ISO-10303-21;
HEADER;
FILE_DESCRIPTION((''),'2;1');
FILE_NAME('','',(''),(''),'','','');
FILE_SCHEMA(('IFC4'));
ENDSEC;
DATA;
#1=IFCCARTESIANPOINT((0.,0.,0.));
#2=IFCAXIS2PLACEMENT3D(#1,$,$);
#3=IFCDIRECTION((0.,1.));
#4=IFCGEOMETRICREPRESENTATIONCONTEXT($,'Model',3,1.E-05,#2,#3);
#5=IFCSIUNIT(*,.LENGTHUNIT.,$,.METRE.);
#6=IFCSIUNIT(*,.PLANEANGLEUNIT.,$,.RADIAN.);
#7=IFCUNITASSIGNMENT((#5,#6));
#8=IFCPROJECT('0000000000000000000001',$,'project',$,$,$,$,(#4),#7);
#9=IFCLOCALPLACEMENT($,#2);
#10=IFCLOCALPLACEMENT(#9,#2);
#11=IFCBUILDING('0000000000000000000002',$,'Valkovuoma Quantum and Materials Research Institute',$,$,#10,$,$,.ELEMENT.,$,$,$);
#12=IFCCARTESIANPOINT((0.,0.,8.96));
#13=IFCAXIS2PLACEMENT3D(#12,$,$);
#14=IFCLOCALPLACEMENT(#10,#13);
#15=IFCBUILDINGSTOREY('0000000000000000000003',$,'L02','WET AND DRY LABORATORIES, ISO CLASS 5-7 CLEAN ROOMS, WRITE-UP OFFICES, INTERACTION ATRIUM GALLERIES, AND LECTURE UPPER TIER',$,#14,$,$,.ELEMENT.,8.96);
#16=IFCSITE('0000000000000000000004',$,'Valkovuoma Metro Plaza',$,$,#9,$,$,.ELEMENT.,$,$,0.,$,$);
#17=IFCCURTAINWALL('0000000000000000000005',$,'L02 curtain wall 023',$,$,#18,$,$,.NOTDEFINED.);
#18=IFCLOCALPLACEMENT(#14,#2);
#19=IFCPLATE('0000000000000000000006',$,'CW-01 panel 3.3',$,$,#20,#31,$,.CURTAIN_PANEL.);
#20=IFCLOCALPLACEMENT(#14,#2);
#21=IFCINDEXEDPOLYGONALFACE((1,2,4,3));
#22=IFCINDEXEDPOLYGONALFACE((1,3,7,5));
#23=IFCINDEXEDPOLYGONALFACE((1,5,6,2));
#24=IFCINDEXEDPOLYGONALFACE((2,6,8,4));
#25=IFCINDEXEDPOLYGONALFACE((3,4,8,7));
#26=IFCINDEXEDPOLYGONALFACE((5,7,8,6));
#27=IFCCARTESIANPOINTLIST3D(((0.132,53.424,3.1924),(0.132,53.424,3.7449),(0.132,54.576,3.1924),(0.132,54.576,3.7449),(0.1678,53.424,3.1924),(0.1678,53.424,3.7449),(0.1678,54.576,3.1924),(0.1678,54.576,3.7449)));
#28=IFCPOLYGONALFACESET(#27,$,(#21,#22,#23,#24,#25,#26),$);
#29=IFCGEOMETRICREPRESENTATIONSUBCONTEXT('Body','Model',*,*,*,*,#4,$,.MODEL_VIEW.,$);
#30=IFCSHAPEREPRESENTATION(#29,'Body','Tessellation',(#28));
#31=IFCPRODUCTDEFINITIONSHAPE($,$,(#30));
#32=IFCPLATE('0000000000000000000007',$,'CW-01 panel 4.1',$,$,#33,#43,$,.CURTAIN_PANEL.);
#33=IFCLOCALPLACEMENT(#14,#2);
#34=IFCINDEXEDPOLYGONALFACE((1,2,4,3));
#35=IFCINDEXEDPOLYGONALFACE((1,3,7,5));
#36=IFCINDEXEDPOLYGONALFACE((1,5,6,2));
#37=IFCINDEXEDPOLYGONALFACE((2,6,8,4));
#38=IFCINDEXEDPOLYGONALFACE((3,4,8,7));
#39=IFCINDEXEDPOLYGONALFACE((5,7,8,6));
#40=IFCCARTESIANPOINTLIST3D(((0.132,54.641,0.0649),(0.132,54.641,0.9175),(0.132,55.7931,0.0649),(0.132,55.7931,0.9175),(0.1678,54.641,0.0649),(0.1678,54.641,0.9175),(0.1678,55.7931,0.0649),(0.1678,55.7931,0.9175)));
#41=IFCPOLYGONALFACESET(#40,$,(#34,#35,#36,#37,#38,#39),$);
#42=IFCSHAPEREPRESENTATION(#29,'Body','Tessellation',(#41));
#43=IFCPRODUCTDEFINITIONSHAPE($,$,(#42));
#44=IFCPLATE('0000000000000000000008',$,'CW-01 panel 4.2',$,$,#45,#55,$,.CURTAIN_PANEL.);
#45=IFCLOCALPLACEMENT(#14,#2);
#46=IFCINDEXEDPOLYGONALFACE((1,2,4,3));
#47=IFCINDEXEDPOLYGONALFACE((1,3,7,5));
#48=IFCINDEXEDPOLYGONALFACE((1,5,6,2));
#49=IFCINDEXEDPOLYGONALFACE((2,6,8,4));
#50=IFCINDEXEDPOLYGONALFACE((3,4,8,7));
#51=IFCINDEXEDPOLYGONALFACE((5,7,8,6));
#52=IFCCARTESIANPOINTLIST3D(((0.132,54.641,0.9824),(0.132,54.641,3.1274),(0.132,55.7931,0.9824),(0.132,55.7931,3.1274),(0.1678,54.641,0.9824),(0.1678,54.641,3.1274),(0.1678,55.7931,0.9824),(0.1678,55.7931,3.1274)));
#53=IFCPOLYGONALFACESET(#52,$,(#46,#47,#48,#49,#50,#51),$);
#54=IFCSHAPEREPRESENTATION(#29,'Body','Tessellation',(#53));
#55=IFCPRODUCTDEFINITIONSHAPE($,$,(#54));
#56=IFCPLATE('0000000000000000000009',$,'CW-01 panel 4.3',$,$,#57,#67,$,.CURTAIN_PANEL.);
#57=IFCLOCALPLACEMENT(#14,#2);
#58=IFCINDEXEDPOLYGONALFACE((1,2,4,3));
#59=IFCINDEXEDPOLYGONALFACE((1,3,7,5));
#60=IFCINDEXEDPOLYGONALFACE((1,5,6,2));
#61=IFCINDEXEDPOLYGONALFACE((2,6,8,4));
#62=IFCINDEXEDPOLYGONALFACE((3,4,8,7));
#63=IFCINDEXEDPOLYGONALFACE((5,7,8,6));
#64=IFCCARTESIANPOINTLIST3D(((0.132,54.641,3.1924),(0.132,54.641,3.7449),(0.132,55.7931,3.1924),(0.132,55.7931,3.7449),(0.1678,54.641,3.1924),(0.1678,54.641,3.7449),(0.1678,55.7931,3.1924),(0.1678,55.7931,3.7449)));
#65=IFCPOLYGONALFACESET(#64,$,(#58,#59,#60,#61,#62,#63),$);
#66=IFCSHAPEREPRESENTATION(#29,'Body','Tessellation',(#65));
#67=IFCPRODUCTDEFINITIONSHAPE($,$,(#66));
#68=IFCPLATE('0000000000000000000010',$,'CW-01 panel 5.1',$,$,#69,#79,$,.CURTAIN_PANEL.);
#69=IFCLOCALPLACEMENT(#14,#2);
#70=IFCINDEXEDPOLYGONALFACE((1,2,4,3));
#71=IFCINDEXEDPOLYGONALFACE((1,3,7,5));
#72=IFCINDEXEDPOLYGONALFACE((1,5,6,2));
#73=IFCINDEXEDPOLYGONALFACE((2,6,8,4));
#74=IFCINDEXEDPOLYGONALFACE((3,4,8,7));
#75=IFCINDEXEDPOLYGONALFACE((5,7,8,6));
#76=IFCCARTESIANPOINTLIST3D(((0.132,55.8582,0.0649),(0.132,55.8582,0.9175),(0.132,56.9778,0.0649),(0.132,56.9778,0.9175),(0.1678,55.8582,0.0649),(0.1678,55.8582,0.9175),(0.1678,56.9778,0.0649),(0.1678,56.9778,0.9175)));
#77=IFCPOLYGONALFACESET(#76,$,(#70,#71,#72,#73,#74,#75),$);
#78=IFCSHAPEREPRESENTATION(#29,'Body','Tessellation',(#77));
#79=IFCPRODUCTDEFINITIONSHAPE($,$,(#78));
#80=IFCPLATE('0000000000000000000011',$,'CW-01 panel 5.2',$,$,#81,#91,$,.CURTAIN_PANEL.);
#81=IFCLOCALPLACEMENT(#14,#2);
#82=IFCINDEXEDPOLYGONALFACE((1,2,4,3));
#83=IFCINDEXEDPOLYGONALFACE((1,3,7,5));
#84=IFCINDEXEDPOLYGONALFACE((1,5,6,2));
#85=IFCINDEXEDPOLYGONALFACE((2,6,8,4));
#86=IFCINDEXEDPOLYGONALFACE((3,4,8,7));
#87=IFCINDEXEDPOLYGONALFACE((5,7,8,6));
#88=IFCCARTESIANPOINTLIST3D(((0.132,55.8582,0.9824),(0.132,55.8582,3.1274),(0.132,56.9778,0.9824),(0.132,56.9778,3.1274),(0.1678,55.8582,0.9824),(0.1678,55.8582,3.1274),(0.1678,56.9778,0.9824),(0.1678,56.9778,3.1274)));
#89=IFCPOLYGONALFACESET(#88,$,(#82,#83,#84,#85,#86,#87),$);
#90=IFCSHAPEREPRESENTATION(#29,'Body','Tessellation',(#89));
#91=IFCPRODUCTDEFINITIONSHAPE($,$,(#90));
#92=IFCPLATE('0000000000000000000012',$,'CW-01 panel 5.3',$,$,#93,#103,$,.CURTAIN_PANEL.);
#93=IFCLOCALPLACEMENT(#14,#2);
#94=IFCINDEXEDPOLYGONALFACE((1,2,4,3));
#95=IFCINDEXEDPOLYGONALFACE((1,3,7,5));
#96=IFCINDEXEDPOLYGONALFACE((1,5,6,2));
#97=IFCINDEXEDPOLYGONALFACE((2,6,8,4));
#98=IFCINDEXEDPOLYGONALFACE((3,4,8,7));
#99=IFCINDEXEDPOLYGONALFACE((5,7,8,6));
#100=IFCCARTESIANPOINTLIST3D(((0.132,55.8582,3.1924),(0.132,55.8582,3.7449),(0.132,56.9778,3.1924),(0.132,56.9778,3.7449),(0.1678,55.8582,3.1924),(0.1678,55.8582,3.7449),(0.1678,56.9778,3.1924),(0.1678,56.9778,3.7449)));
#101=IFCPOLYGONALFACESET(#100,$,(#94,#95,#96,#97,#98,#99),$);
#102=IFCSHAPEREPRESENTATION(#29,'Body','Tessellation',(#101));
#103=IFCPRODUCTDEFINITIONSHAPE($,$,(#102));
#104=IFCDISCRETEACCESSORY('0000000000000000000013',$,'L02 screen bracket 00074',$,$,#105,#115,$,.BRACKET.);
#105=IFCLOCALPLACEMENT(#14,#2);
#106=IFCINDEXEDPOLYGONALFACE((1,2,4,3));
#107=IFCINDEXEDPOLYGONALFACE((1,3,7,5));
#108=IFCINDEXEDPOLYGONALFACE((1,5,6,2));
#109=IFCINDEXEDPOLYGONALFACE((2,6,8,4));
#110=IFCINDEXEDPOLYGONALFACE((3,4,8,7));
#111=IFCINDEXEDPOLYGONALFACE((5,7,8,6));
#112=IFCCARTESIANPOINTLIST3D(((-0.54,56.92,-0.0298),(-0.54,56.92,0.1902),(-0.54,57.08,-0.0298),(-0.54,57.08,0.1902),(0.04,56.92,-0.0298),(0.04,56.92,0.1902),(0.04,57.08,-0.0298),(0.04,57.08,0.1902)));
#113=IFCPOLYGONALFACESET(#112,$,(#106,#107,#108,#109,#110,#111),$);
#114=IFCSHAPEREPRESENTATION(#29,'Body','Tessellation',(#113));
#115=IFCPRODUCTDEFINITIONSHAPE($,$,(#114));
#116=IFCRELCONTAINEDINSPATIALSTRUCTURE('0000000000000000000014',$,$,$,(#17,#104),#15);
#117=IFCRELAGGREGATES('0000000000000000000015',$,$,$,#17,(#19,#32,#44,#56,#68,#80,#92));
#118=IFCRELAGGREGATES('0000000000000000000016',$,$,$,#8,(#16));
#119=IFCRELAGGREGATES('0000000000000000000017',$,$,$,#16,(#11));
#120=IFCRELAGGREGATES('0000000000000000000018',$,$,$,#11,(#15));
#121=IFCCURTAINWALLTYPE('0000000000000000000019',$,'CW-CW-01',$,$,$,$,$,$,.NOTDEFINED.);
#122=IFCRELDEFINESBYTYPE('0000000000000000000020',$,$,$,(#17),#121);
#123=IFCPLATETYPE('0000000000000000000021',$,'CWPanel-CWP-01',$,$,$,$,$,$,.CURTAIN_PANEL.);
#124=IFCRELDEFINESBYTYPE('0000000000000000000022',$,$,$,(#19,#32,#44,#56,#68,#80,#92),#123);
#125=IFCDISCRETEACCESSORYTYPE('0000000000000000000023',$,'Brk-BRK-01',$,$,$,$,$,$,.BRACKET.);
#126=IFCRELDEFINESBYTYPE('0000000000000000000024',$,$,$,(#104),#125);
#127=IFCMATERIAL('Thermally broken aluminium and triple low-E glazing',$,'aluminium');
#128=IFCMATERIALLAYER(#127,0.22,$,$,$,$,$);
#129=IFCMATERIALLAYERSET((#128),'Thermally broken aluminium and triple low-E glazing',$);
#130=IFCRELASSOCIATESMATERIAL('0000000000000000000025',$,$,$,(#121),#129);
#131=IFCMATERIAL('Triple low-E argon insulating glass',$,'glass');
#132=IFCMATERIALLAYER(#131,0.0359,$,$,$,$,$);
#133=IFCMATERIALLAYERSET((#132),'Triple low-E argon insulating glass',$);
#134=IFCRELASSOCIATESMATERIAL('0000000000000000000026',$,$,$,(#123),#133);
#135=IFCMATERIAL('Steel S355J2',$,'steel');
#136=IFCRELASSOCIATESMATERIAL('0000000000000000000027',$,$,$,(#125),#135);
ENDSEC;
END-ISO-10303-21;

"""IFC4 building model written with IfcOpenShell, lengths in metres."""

from ifc_helpers import new_model, si_unit, direction, frame, origin, origin_2d, place, context, subcontext, project, spatial, rectangle, extrude, material, layer, layer_set, type_object, element, aggregate, save


model = new_model("IFC4")

# Units and contexts
model_context = context("Model", 3, precision=1e-05, world=origin(), true_north=direction((0.0, 1.0)))
body_context = subcontext(model_context, "Body", "Model", "MODEL_VIEW")
ifc_project = project(units=[si_unit("LENGTHUNIT", "METRE"), si_unit("PLANEANGLEUNIT", "RADIAN")], contexts=[model_context])

# Site, building, storey
site_placement = place(None, origin())
site = spatial("IfcSite", under=ifc_project, at=site_placement, Name="Valkovuoma Metro Plaza", CompositionType="ELEMENT", RefElevation=0.0)
building_placement = place(site_placement, origin())
building = spatial("IfcBuilding", under=site, at=building_placement, Name="Valkovuoma Quantum and Materials Research Institute", CompositionType="ELEMENT")
storey_placement = place(building_placement, frame((0.0, 0.0, 8.96)))
storey = spatial("IfcBuildingStorey", under=building, at=storey_placement, Name="L02", Description="WET AND DRY LABORATORIES, ISO CLASS 5-7 CLEAN ROOMS, WRITE-UP OFFICES, INTERACTION ATRIUM GALLERIES, AND LECTURE UPPER TIER", CompositionType="ELEMENT", Elevation=8.96)

# Curtain wall, plates
ifc_material_1 = material(Name="Thermally broken aluminium and triple low-E glazing", Category="aluminium")
ifc_layer_1 = layer(ifc_material_1, 0.22)
ifc_layer_set_1 = layer_set([ifc_layer_1], Name="Thermally broken aluminium and triple low-E glazing")
curtain_wall_type = type_object("IfcCurtainWallType", Name="CW-CW-01", PredefinedType="NOTDEFINED", material=ifc_layer_set_1)
curtain_wall_placement = place(storey_placement, origin())
curtain_wall = element("IfcCurtainWall", 1, at=curtain_wall_placement, inside=storey, type_object=curtain_wall_type, Name="L02 curtain wall 023", PredefinedType="NOTDEFINED")
ifc_material_2 = material(Name="Triple low-E argon insulating glass", Category="glass")
ifc_layer_2 = layer(ifc_material_2, 0.0359)
ifc_layer_set_2 = layer_set([ifc_layer_2], Name="Triple low-E argon insulating glass")
plate_type = type_object("IfcPlateType", Name="CWPanel-CWP-01", PredefinedType="CURTAIN_PANEL", material=ifc_layer_set_2)
plate_1_placement = place(storey_placement, frame((0.1499, 54.0, 3.1924), z_axis=(0.0, 0.0, 1.0), x_axis=(0.0, 1.0, 0.0)))
plate_1 = element("IfcPlate", 2, at=plate_1_placement, type_object=plate_type, Name="CW-01 panel 3.3", PredefinedType="CURTAIN_PANEL", context=body_context, shape_type="SweptSolid", body=[
    extrude(rectangle(XDim=1.1521, YDim=0.0359, at=origin_2d()), origin(), (0.0, 0.0, 1.0), 0.5525),
])
plate_2_placement = place(storey_placement, frame((0.1499, 55.217, 0.0649), z_axis=(0.0, 0.0, 1.0), x_axis=(0.0, 1.0, 0.0)))
plate_2 = element("IfcPlate", 3, at=plate_2_placement, type_object=plate_type, Name="CW-01 panel 4.1", PredefinedType="CURTAIN_PANEL", context=body_context, shape_type="SweptSolid", body=[
    extrude(rectangle(XDim=1.1521, YDim=0.0359, at=origin_2d()), origin(), (0.0, 0.0, 1.0), 0.8525),
])
plate_3_placement = place(storey_placement, frame((0.1499, 55.217, 0.9824), z_axis=(0.0, 0.0, 1.0), x_axis=(0.0, 1.0, 0.0)))
plate_3 = element("IfcPlate", 4, at=plate_3_placement, type_object=plate_type, Name="CW-01 panel 4.2", PredefinedType="CURTAIN_PANEL", context=body_context, shape_type="SweptSolid", body=[
    extrude(rectangle(XDim=1.1521, YDim=0.0359, at=origin_2d()), origin(), (0.0, 0.0, 1.0), 2.145),
])
plate_4_placement = place(storey_placement, frame((0.1499, 55.217, 3.1924), z_axis=(0.0, 0.0, 1.0), x_axis=(0.0, 1.0, 0.0)))
plate_4 = element("IfcPlate", 5, at=plate_4_placement, type_object=plate_type, Name="CW-01 panel 4.3", PredefinedType="CURTAIN_PANEL", context=body_context, shape_type="SweptSolid", body=[
    extrude(rectangle(XDim=1.1521, YDim=0.0359, at=origin_2d()), origin(), (0.0, 0.0, 1.0), 0.5525),
])
plate_5_placement = place(storey_placement, frame((0.1499, 56.418, 0.0649), z_axis=(0.0, 0.0, 1.0), x_axis=(0.0, 1.0, 0.0)))
plate_5 = element("IfcPlate", 6, at=plate_5_placement, type_object=plate_type, Name="CW-01 panel 5.1", PredefinedType="CURTAIN_PANEL", context=body_context, shape_type="SweptSolid", body=[
    extrude(rectangle(XDim=1.1196, YDim=0.0359, at=origin_2d()), origin(), (0.0, 0.0, 1.0), 0.8525),
])
plate_6_placement = place(storey_placement, frame((0.1499, 56.418, 0.9824), z_axis=(0.0, 0.0, 1.0), x_axis=(0.0, 1.0, 0.0)))
plate_6 = element("IfcPlate", 7, at=plate_6_placement, type_object=plate_type, Name="CW-01 panel 5.2", PredefinedType="CURTAIN_PANEL", context=body_context, shape_type="SweptSolid", body=[
    extrude(rectangle(XDim=1.1196, YDim=0.0359, at=origin_2d()), origin(), (0.0, 0.0, 1.0), 2.145),
])
plate_7_placement = place(storey_placement, frame((0.1499, 56.418, 3.1924), z_axis=(0.0, 0.0, 1.0), x_axis=(0.0, 1.0, 0.0)))
plate_7 = element("IfcPlate", 8, at=plate_7_placement, type_object=plate_type, Name="CW-01 panel 5.3", PredefinedType="CURTAIN_PANEL", context=body_context, shape_type="SweptSolid", body=[
    extrude(rectangle(XDim=1.1196, YDim=0.0359, at=origin_2d()), origin(), (0.0, 0.0, 1.0), 0.5525),
])
aggregate(curtain_wall, [plate_1, plate_2, plate_3, plate_4, plate_5, plate_6, plate_7])

# Discrete accessory
ifc_material_3 = material(Name="Steel S355J2", Category="steel")
discrete_accessory_type = type_object("IfcDiscreteAccessoryType", Name="Brk-BRK-01", PredefinedType="BRACKET", material=ifc_material_3)
discrete_accessory_placement = place(storey_placement, frame((-0.25, 57.0, -0.0298), z_axis=(0.0, 0.0, 1.0), x_axis=(1.0, 0.0, 0.0)))
element("IfcDiscreteAccessory", 9, at=discrete_accessory_placement, inside=storey, type_object=discrete_accessory_type, Name="L02 screen bracket 00074", PredefinedType="BRACKET", context=body_context, shape_type="SweptSolid", body=[
    extrude(rectangle(XDim=0.5801, YDim=0.1599, at=origin_2d()), origin(), (0.0, 0.0, 1.0), 0.22),
])

save(model, "model.ifc")
